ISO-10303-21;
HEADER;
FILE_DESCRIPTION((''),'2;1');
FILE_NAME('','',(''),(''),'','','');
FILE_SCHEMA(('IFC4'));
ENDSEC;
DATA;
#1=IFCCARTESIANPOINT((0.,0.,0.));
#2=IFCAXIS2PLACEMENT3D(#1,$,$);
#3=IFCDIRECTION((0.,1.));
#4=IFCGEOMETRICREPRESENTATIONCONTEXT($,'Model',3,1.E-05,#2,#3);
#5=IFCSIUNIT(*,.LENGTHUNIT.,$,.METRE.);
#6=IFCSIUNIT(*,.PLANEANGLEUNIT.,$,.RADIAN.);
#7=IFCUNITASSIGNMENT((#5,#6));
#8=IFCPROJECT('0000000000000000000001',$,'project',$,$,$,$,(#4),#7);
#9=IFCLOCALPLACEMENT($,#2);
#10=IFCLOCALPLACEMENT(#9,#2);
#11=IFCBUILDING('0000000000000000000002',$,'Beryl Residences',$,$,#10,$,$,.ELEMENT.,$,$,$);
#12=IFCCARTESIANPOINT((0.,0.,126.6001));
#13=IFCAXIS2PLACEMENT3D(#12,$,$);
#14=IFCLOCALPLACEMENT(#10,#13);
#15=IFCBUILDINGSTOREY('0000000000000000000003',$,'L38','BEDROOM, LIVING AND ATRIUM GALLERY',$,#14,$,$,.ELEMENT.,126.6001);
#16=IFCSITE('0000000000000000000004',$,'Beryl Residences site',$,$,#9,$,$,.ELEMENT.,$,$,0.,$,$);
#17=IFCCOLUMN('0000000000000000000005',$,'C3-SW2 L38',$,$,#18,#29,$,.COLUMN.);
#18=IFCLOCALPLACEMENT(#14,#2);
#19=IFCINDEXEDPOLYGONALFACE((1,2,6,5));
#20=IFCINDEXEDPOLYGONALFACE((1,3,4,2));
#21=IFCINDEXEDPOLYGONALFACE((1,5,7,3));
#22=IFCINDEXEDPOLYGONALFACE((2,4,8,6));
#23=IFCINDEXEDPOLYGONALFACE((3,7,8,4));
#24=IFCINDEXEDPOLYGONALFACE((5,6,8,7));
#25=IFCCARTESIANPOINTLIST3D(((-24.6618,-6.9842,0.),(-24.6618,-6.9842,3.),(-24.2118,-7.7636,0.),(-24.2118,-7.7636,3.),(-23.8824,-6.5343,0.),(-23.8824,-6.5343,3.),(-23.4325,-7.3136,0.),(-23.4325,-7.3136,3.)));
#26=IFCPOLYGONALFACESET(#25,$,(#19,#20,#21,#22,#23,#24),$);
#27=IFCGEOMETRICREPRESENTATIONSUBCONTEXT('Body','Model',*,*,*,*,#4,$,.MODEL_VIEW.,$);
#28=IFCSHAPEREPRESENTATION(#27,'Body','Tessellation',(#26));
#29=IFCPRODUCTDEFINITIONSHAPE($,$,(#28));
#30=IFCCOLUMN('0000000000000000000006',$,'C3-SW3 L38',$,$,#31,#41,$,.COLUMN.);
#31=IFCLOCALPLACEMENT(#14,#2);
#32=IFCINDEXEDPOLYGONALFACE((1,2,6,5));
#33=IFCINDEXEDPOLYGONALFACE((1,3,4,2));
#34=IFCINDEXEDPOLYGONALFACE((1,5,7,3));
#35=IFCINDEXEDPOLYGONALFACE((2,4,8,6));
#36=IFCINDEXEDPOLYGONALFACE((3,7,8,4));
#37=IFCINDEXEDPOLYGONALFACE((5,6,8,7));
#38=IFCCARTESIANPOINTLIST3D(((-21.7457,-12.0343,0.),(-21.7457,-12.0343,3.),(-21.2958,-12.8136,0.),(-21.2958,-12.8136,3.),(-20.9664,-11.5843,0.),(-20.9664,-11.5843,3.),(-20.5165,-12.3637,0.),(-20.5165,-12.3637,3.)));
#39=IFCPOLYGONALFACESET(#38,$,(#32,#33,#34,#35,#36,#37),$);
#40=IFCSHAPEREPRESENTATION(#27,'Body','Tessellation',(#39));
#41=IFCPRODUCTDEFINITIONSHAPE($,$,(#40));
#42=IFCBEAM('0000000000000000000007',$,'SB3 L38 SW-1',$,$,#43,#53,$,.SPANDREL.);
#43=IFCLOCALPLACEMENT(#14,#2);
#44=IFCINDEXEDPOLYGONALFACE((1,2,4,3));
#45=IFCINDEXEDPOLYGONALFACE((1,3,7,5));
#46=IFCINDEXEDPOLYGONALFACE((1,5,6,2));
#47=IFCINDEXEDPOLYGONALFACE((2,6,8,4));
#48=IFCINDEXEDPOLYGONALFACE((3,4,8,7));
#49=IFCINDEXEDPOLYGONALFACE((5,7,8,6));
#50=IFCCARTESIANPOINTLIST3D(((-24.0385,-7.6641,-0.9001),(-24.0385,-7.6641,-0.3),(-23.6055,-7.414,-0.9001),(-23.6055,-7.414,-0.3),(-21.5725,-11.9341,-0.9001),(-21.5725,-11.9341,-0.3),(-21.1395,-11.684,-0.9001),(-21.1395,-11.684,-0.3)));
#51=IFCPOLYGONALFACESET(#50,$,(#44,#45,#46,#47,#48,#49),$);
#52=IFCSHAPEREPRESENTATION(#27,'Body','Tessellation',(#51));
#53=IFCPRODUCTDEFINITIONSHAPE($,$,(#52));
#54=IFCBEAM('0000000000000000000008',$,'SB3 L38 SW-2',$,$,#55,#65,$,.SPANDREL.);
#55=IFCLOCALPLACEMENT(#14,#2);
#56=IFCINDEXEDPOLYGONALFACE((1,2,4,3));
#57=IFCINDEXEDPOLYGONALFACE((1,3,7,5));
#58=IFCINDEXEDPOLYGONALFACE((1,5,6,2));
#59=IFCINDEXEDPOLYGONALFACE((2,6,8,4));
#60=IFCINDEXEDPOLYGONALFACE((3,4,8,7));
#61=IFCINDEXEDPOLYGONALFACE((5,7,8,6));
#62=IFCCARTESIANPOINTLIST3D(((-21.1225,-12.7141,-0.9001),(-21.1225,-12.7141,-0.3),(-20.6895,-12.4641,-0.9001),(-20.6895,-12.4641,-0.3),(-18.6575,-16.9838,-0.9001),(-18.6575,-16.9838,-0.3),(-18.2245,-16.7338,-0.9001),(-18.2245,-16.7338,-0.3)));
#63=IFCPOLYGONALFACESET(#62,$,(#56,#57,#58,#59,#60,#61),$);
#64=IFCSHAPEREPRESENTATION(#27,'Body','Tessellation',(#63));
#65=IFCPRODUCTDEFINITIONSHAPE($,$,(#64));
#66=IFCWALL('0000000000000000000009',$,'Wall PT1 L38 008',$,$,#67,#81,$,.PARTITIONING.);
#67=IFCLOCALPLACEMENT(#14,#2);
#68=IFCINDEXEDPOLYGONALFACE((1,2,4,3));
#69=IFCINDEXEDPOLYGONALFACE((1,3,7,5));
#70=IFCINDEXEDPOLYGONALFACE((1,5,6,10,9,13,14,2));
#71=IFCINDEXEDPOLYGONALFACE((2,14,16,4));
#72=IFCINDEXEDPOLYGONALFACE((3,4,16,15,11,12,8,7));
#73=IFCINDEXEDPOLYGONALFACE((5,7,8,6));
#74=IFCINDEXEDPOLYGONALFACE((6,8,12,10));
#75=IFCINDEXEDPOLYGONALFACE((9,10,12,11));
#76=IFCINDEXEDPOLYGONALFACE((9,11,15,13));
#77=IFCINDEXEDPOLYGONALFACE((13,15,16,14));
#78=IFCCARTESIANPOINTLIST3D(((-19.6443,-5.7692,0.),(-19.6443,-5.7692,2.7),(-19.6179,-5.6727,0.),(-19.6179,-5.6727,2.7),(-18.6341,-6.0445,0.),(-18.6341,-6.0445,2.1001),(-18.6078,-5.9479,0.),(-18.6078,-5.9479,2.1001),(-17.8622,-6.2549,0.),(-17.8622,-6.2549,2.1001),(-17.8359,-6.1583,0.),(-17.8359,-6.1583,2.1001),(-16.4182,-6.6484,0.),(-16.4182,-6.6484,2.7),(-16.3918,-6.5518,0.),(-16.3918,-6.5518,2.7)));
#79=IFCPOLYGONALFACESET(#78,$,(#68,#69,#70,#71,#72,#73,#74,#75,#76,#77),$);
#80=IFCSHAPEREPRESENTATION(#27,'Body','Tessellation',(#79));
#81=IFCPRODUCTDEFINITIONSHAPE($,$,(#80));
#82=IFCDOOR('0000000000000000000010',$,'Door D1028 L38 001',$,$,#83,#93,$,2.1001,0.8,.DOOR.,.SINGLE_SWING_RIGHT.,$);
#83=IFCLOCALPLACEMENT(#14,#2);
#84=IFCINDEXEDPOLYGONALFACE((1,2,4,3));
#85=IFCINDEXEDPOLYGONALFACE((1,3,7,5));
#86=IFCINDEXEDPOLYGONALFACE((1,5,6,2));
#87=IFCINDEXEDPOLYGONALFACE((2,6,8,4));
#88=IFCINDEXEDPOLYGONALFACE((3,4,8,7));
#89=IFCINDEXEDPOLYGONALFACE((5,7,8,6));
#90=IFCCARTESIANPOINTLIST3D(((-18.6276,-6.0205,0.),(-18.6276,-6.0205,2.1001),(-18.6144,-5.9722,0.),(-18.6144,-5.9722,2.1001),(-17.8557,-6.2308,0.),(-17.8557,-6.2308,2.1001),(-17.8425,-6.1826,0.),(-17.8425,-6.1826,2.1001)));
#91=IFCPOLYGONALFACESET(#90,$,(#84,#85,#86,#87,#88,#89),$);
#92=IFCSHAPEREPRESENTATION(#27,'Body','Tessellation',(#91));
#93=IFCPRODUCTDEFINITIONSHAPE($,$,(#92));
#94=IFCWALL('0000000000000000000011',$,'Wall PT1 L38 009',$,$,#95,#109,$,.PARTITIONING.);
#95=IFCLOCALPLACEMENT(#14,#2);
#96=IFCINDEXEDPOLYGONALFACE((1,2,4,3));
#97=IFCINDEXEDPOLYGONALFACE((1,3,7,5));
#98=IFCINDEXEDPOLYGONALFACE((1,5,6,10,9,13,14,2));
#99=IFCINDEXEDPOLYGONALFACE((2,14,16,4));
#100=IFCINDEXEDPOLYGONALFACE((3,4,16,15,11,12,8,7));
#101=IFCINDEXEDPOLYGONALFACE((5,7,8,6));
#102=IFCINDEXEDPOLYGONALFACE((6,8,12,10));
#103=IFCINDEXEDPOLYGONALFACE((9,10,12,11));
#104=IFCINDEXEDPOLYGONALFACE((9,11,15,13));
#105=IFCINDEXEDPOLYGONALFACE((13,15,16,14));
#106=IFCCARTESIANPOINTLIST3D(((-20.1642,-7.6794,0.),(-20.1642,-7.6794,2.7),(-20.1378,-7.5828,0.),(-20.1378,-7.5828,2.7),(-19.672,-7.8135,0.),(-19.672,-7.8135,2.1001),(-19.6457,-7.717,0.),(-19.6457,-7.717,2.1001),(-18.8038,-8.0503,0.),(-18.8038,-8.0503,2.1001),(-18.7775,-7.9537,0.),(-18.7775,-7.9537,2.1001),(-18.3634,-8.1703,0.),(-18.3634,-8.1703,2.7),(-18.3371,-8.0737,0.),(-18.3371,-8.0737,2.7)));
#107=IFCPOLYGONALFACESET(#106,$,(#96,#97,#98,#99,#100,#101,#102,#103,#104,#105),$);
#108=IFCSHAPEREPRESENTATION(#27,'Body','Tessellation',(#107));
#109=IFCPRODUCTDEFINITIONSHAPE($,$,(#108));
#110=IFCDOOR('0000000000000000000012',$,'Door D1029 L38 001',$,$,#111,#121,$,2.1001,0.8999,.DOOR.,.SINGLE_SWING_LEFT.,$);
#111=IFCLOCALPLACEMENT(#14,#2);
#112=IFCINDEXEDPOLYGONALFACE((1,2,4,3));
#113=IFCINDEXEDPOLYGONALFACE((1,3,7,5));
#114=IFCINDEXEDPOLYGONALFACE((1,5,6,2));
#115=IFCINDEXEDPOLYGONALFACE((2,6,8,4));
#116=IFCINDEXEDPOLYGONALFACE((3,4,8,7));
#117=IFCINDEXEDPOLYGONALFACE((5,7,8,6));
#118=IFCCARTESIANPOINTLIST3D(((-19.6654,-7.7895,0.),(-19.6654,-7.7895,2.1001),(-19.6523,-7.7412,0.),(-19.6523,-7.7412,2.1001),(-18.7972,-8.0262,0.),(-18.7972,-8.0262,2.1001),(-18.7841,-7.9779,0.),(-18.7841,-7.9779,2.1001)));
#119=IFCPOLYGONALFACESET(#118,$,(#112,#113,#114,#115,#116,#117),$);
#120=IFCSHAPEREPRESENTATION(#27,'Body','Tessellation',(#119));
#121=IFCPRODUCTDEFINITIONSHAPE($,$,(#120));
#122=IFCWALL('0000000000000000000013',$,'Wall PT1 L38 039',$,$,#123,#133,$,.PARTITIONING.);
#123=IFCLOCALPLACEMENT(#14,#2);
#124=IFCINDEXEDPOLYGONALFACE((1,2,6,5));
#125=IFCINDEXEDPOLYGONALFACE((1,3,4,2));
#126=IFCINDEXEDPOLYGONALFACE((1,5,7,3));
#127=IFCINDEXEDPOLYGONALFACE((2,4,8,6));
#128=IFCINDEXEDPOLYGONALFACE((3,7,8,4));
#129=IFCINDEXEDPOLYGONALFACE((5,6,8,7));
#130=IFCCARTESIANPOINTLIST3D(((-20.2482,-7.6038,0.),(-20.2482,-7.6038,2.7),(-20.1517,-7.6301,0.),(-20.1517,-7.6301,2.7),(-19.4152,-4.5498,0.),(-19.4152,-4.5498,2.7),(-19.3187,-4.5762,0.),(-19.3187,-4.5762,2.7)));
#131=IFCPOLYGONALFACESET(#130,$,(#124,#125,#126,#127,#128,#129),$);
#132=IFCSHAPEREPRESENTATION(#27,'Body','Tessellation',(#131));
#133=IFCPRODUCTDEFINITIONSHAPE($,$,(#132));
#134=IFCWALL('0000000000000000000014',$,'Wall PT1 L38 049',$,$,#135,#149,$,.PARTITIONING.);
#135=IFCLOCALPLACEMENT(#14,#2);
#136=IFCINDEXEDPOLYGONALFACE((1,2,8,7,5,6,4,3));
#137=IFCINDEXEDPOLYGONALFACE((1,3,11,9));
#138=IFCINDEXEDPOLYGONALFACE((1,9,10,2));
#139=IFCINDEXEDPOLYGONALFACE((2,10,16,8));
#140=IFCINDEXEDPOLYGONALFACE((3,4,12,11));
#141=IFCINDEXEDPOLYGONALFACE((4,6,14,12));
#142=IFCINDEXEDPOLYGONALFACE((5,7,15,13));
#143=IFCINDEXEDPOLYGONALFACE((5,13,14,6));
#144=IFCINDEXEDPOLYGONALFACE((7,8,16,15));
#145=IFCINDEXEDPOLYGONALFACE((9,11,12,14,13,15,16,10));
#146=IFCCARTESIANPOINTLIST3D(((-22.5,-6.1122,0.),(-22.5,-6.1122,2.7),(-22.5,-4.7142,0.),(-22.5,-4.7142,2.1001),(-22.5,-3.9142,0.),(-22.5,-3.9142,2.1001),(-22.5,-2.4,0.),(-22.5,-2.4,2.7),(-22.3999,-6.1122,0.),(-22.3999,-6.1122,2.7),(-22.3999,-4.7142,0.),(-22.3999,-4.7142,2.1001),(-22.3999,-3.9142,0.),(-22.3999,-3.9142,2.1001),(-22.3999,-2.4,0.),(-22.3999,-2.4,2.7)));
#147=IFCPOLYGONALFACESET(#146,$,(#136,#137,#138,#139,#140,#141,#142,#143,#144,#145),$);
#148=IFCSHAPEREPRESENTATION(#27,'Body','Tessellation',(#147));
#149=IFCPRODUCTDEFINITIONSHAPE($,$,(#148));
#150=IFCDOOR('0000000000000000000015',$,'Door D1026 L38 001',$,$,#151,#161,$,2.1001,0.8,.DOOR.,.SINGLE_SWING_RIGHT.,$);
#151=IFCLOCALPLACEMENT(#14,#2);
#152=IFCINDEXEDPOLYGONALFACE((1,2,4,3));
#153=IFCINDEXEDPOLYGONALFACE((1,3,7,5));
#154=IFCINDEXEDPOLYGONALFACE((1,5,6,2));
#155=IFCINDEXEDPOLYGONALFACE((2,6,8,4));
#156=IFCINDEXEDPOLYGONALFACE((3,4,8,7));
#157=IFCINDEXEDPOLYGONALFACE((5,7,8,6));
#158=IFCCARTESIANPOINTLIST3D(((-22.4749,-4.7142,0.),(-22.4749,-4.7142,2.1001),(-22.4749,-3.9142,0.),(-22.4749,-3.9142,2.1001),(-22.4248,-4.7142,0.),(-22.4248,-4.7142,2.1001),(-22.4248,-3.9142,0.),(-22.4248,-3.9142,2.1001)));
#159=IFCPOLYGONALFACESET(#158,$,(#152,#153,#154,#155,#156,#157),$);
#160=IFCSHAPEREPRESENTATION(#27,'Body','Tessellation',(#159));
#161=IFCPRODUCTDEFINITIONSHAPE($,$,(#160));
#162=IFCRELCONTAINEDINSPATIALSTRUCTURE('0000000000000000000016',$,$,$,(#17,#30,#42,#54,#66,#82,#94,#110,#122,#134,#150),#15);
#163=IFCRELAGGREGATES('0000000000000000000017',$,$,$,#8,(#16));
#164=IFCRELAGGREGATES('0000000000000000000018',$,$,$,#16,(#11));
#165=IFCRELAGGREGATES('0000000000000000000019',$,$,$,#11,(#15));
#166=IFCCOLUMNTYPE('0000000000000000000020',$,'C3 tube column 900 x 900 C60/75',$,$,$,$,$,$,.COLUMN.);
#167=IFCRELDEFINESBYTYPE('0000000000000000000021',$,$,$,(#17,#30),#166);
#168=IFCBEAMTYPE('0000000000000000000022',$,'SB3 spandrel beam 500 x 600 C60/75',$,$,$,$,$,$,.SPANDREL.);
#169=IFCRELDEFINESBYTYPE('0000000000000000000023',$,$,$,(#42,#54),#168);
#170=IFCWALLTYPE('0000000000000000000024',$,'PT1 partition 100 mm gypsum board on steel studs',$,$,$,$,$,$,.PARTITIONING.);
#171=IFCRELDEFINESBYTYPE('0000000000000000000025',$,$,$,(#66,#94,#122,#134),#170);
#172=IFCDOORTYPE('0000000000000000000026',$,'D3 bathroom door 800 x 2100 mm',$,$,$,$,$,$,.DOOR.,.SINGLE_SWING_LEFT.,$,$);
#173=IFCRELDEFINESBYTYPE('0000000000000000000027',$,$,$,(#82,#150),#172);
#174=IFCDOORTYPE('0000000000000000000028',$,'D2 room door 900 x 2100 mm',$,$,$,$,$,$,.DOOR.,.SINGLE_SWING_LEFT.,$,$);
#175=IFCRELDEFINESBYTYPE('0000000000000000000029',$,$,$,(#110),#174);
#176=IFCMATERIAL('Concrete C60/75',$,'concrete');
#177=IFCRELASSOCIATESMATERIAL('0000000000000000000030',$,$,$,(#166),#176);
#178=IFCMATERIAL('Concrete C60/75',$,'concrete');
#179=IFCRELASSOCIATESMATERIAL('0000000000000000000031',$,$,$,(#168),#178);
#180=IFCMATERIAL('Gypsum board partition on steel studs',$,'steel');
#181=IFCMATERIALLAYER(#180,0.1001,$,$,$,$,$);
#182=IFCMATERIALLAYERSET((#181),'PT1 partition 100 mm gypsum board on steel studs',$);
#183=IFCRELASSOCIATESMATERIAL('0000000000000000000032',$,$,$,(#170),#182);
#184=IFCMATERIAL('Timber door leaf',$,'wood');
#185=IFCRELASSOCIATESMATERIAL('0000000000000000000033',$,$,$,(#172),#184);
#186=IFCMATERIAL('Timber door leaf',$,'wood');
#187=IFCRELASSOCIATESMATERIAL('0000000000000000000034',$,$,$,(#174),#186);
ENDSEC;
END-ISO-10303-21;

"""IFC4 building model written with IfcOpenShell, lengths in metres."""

from ifc_helpers import new_model, si_unit, direction, frame, frame_2d, origin, origin_2d, place, context, subcontext, project, spatial, rectangle, extrude, material, layer, layer_set, material_profile, profile_set, type_object, element, fill, save


model = new_model("IFC4")

# Units and contexts
model_context = context("Model", 3, precision=1e-05, world=origin(), true_north=direction((0.0, 1.0)))
body_context = subcontext(model_context, "Body", "Model", "MODEL_VIEW")
ifc_project = project(units=[si_unit("LENGTHUNIT", "METRE"), si_unit("PLANEANGLEUNIT", "RADIAN")], contexts=[model_context])

# Site, building, storey
site_placement = place(None, origin())
site = spatial("IfcSite", under=ifc_project, at=site_placement, Name="Beryl Residences site", CompositionType="ELEMENT", RefElevation=0.0)
building_placement = place(site_placement, origin())
building = spatial("IfcBuilding", under=site, at=building_placement, Name="Beryl Residences", CompositionType="ELEMENT")
storey_placement = place(building_placement, frame((0.0, 0.0, 126.6001)))
storey = spatial("IfcBuildingStorey", under=building, at=storey_placement, Name="L38", Description="BEDROOM, LIVING AND ATRIUM GALLERY", CompositionType="ELEMENT", Elevation=126.6001)

# Columns
ifc_material_1 = material(Name="Concrete C60/75", Category="concrete")
ifc_material_profile_1 = material_profile(ifc_material_1, rectangle(XDim=0.8999, YDim=0.8999, at=origin_2d()))
ifc_profile_set_1 = profile_set([ifc_material_profile_1], Name="Concrete C60/75")
column_type = type_object("IfcColumnType", Name="C3 tube column 900 x 900 C60/75", PredefinedType="COLUMN", material=ifc_profile_set_1)
for number, where, z_axis, x_axis, name in (
    (1, (-24.0471, -7.1489, 0.0), (0.0, 0.0, 1.0), (0.5, -0.866025, 0.0), "C3-SW2 L38"),
    (2, (-21.1311, -12.199, 0.0), (0.0, 0.0, 1.0), (0.5, -0.866025, 0.0), "C3-SW3 L38"),
):
    element("IfcColumn", number, at=place(storey_placement, frame(where, z_axis=z_axis, x_axis=x_axis)), inside=storey, type_object=column_type, Name=name, PredefinedType="COLUMN", context=body_context, shape_type="SweptSolid", body=[
        extrude(rectangle(XDim=0.8999, YDim=0.8999, at=origin_2d()), origin(), (0.0, 0.0, 1.0), 3.0),
    ])

# Beams
ifc_material_2 = material(Name="Concrete C60/75", Category="concrete")
ifc_material_profile_2 = material_profile(ifc_material_2, rectangle(XDim=0.5, YDim=0.6001, at=origin_2d()))
ifc_profile_set_2 = profile_set([ifc_material_profile_2], Name="Concrete C60/75")
beam_type = type_object("IfcBeamType", Name="SB3 spandrel beam 500 x 600 C60/75", PredefinedType="SPANDREL", material=ifc_profile_set_2)
beam_1_placement = place(storey_placement, frame((-23.822, -7.5391, -0.6001), z_axis=(0.500117, -0.865958, 0.0), x_axis=(0.865958, 0.500117, 0.0)))
element("IfcBeam", 3, at=beam_1_placement, inside=storey, type_object=beam_type, Name="SB3 L38 SW-1", PredefinedType="SPANDREL", context=body_context, shape_type="SweptSolid", body=[
    extrude(rectangle(XDim=0.5, YDim=0.6001, at=origin_2d()), origin(), (0.0, 0.0, 1.0), 4.9309),
])
beam_2_placement = place(storey_placement, frame((-20.906, -12.5891, -0.6001), z_axis=(0.49999, -0.866031, 0.0), x_axis=(0.866031, 0.49999, 0.0)))
element("IfcBeam", 4, at=beam_2_placement, inside=storey, type_object=beam_type, Name="SB3 L38 SW-2", PredefinedType="SPANDREL", context=body_context, shape_type="SweptSolid", body=[
    extrude(rectangle(XDim=0.5, YDim=0.6001, at=origin_2d()), origin(), (0.0, 0.0, 1.0), 4.9302),
])

# Walls, openings, doors
ifc_material_3 = material(Name="Gypsum board partition on steel studs", Category="steel")
ifc_layer_1 = layer(ifc_material_3, 0.1001)
ifc_layer_set_1 = layer_set([ifc_layer_1], Name="PT1 partition 100 mm gypsum board on steel studs")
wall_type_1 = type_object("IfcWallType", Name="PT1 partition 100 mm gypsum board on steel studs", PredefinedType="PARTITIONING", material=ifc_layer_set_1)
wall_1_placement = place(storey_placement, frame((-19.6311, -5.7209, 0.0), z_axis=(0.0, 0.0, 1.0), x_axis=(0.964816, -0.262926, 0.0)))
wall_1 = element("IfcWall", 5, at=wall_1_placement, inside=storey, type_object=wall_type_1, Name="Wall PT1 L38 008", PredefinedType="PARTITIONING", context=body_context, shape_type="SweptSolid", body=[
    extrude(rectangle(XDim=3.3438, YDim=0.1001, at=frame_2d((1.6719, 0.0))), origin(), (0.0, 0.0, 1.0), 2.7),
])
opening_1_placement = place(wall_1_placement, frame((1.0471, 0.0, 0.0)))
opening_1 = element("IfcOpeningElement", 6, at=opening_1_placement, cuts=wall_1, PredefinedType="OPENING", context=body_context, shape_type="SweptSolid", body=[
    extrude(rectangle(XDim=0.8, YDim=2.1001, at=frame_2d((0.3999, 1.05))), frame((0.0, 0.0601, 0.0), z_axis=(0.0, -1.0, 0.0), x_axis=(1.0, 0.0, 0.0)), (0.0, 0.0, 1.0), 0.1201),
])
ifc_material_4 = material(Name="Timber door leaf", Category="wood")
door_type_1 = type_object("IfcDoorType", Name="D3 bathroom door 800 x 2100 mm", OperationType="SINGLE_SWING_LEFT", PredefinedType="DOOR", material=ifc_material_4)
door_1_placement = place(opening_1_placement, origin())
door_1 = element("IfcDoor", 7, at=door_1_placement, inside=storey, type_object=door_type_1, Name="Door D1028 L38 001", OperationType="SINGLE_SWING_RIGHT", OverallHeight=2.1001, OverallWidth=0.8, PredefinedType="DOOR", context=body_context, shape_type="SweptSolid", body=[
    extrude(rectangle(XDim=0.8, YDim=2.1001, at=frame_2d((0.3999, 1.05))), frame((0.0, 0.0249, 0.0), z_axis=(0.0, -1.0, 0.0), x_axis=(1.0, 0.0, 0.0)), (0.0, 0.0, 1.0), 0.05),
])
fill(opening_1, door_1)
wall_2_placement = place(storey_placement, frame((-20.1509, -7.6311, 0.0), z_axis=(0.0, 0.0, 1.0), x_axis=(0.964785, -0.26304, 0.0)))
wall_2 = element("IfcWall", 8, at=wall_2_placement, inside=storey, type_object=wall_type_1, Name="Wall PT1 L38 009", PredefinedType="PARTITIONING", context=body_context, shape_type="SweptSolid", body=[
    extrude(rectangle(XDim=1.8665, YDim=0.1001, at=frame_2d((0.9331, 0.0))), origin(), (0.0, 0.0, 1.0), 2.7),
])
opening_2_placement = place(wall_2_placement, frame((0.51, 0.0, 0.0)))
opening_2 = element("IfcOpeningElement", 9, at=opening_2_placement, cuts=wall_2, PredefinedType="OPENING", context=body_context, shape_type="SweptSolid", body=[
    extrude(rectangle(XDim=0.8999, YDim=2.1001, at=frame_2d((0.45, 1.05))), frame((0.0, 0.0601, 0.0), z_axis=(0.0, -1.0, 0.0), x_axis=(1.0, 0.0, 0.0)), (0.0, 0.0, 1.0), 0.1201),
])
ifc_material_5 = material(Name="Timber door leaf", Category="wood")
door_type_2 = type_object("IfcDoorType", Name="D2 room door 900 x 2100 mm", OperationType="SINGLE_SWING_LEFT", PredefinedType="DOOR", material=ifc_material_5)
door_2_placement = place(opening_2_placement, origin())
door_2 = element("IfcDoor", 10, at=door_2_placement, inside=storey, type_object=door_type_2, Name="Door D1029 L38 001", OperationType="SINGLE_SWING_LEFT", OverallHeight=2.1001, OverallWidth=0.8999, PredefinedType="DOOR", context=body_context, shape_type="SweptSolid", body=[
    extrude(rectangle(XDim=0.8999, YDim=2.1001, at=frame_2d((0.45, 1.05))), frame((0.0, 0.0249, 0.0), z_axis=(0.0, -1.0, 0.0), x_axis=(1.0, 0.0, 0.0)), (0.0, 0.0, 1.0), 0.05),
])
fill(opening_2, door_2)

# Wall
wall_3_placement = place(storey_placement, frame((-20.2, -7.6169, 0.0), z_axis=(0.0, 0.0, 1.0), x_axis=(0.26315, 0.964755, 0.0)))
element("IfcWall", 11, at=wall_3_placement, inside=storey, type_object=wall_type_1, Name="Wall PT1 L38 039", PredefinedType="PARTITIONING", context=body_context, shape_type="SweptSolid", body=[
    extrude(rectangle(XDim=3.1655, YDim=0.1001, at=frame_2d((1.5828, 0.0))), origin(), (0.0, 0.0, 1.0), 2.7),
])

# Wall, opening, door
wall_4_placement = place(storey_placement, frame((-22.45, -6.1121, 0.0), z_axis=(0.0, 0.0, 1.0), x_axis=(0.0, 1.0, 0.0)))
wall_4 = element("IfcWall", 12, at=wall_4_placement, inside=storey, type_object=wall_type_1, Name="Wall PT1 L38 049", PredefinedType="PARTITIONING", context=body_context, shape_type="SweptSolid", body=[
    extrude(rectangle(XDim=3.7122, YDim=0.1001, at=frame_2d((1.856, 0.0))), origin(), (0.0, 0.0, 1.0), 2.7),
])
opening_3_placement = place(wall_4_placement, frame((1.3979, 0.0, 0.0)))
opening_3 = element("IfcOpeningElement", 13, at=opening_3_placement, cuts=wall_4, PredefinedType="OPENING", context=body_context, shape_type="SweptSolid", body=[
    extrude(rectangle(XDim=0.8, YDim=2.1001, at=frame_2d((0.3999, 1.05))), frame((0.0, 0.0601, 0.0), z_axis=(0.0, -1.0, 0.0), x_axis=(1.0, 0.0, 0.0)), (0.0, 0.0, 1.0), 0.1201),
])
door_3_placement = place(opening_3_placement, origin())
door_3 = element("IfcDoor", 14, at=door_3_placement, inside=storey, type_object=door_type_1, Name="Door D1026 L38 001", OperationType="SINGLE_SWING_RIGHT", OverallHeight=2.1001, OverallWidth=0.8, PredefinedType="DOOR", context=body_context, shape_type="SweptSolid", body=[
    extrude(rectangle(XDim=0.8, YDim=2.1001, at=frame_2d((0.3999, 1.05))), frame((0.0, 0.0249, 0.0), z_axis=(0.0, -1.0, 0.0), x_axis=(1.0, 0.0, 0.0)), (0.0, 0.0, 1.0), 0.05),
])
fill(opening_3, door_3)

save(model, "model.ifc")
